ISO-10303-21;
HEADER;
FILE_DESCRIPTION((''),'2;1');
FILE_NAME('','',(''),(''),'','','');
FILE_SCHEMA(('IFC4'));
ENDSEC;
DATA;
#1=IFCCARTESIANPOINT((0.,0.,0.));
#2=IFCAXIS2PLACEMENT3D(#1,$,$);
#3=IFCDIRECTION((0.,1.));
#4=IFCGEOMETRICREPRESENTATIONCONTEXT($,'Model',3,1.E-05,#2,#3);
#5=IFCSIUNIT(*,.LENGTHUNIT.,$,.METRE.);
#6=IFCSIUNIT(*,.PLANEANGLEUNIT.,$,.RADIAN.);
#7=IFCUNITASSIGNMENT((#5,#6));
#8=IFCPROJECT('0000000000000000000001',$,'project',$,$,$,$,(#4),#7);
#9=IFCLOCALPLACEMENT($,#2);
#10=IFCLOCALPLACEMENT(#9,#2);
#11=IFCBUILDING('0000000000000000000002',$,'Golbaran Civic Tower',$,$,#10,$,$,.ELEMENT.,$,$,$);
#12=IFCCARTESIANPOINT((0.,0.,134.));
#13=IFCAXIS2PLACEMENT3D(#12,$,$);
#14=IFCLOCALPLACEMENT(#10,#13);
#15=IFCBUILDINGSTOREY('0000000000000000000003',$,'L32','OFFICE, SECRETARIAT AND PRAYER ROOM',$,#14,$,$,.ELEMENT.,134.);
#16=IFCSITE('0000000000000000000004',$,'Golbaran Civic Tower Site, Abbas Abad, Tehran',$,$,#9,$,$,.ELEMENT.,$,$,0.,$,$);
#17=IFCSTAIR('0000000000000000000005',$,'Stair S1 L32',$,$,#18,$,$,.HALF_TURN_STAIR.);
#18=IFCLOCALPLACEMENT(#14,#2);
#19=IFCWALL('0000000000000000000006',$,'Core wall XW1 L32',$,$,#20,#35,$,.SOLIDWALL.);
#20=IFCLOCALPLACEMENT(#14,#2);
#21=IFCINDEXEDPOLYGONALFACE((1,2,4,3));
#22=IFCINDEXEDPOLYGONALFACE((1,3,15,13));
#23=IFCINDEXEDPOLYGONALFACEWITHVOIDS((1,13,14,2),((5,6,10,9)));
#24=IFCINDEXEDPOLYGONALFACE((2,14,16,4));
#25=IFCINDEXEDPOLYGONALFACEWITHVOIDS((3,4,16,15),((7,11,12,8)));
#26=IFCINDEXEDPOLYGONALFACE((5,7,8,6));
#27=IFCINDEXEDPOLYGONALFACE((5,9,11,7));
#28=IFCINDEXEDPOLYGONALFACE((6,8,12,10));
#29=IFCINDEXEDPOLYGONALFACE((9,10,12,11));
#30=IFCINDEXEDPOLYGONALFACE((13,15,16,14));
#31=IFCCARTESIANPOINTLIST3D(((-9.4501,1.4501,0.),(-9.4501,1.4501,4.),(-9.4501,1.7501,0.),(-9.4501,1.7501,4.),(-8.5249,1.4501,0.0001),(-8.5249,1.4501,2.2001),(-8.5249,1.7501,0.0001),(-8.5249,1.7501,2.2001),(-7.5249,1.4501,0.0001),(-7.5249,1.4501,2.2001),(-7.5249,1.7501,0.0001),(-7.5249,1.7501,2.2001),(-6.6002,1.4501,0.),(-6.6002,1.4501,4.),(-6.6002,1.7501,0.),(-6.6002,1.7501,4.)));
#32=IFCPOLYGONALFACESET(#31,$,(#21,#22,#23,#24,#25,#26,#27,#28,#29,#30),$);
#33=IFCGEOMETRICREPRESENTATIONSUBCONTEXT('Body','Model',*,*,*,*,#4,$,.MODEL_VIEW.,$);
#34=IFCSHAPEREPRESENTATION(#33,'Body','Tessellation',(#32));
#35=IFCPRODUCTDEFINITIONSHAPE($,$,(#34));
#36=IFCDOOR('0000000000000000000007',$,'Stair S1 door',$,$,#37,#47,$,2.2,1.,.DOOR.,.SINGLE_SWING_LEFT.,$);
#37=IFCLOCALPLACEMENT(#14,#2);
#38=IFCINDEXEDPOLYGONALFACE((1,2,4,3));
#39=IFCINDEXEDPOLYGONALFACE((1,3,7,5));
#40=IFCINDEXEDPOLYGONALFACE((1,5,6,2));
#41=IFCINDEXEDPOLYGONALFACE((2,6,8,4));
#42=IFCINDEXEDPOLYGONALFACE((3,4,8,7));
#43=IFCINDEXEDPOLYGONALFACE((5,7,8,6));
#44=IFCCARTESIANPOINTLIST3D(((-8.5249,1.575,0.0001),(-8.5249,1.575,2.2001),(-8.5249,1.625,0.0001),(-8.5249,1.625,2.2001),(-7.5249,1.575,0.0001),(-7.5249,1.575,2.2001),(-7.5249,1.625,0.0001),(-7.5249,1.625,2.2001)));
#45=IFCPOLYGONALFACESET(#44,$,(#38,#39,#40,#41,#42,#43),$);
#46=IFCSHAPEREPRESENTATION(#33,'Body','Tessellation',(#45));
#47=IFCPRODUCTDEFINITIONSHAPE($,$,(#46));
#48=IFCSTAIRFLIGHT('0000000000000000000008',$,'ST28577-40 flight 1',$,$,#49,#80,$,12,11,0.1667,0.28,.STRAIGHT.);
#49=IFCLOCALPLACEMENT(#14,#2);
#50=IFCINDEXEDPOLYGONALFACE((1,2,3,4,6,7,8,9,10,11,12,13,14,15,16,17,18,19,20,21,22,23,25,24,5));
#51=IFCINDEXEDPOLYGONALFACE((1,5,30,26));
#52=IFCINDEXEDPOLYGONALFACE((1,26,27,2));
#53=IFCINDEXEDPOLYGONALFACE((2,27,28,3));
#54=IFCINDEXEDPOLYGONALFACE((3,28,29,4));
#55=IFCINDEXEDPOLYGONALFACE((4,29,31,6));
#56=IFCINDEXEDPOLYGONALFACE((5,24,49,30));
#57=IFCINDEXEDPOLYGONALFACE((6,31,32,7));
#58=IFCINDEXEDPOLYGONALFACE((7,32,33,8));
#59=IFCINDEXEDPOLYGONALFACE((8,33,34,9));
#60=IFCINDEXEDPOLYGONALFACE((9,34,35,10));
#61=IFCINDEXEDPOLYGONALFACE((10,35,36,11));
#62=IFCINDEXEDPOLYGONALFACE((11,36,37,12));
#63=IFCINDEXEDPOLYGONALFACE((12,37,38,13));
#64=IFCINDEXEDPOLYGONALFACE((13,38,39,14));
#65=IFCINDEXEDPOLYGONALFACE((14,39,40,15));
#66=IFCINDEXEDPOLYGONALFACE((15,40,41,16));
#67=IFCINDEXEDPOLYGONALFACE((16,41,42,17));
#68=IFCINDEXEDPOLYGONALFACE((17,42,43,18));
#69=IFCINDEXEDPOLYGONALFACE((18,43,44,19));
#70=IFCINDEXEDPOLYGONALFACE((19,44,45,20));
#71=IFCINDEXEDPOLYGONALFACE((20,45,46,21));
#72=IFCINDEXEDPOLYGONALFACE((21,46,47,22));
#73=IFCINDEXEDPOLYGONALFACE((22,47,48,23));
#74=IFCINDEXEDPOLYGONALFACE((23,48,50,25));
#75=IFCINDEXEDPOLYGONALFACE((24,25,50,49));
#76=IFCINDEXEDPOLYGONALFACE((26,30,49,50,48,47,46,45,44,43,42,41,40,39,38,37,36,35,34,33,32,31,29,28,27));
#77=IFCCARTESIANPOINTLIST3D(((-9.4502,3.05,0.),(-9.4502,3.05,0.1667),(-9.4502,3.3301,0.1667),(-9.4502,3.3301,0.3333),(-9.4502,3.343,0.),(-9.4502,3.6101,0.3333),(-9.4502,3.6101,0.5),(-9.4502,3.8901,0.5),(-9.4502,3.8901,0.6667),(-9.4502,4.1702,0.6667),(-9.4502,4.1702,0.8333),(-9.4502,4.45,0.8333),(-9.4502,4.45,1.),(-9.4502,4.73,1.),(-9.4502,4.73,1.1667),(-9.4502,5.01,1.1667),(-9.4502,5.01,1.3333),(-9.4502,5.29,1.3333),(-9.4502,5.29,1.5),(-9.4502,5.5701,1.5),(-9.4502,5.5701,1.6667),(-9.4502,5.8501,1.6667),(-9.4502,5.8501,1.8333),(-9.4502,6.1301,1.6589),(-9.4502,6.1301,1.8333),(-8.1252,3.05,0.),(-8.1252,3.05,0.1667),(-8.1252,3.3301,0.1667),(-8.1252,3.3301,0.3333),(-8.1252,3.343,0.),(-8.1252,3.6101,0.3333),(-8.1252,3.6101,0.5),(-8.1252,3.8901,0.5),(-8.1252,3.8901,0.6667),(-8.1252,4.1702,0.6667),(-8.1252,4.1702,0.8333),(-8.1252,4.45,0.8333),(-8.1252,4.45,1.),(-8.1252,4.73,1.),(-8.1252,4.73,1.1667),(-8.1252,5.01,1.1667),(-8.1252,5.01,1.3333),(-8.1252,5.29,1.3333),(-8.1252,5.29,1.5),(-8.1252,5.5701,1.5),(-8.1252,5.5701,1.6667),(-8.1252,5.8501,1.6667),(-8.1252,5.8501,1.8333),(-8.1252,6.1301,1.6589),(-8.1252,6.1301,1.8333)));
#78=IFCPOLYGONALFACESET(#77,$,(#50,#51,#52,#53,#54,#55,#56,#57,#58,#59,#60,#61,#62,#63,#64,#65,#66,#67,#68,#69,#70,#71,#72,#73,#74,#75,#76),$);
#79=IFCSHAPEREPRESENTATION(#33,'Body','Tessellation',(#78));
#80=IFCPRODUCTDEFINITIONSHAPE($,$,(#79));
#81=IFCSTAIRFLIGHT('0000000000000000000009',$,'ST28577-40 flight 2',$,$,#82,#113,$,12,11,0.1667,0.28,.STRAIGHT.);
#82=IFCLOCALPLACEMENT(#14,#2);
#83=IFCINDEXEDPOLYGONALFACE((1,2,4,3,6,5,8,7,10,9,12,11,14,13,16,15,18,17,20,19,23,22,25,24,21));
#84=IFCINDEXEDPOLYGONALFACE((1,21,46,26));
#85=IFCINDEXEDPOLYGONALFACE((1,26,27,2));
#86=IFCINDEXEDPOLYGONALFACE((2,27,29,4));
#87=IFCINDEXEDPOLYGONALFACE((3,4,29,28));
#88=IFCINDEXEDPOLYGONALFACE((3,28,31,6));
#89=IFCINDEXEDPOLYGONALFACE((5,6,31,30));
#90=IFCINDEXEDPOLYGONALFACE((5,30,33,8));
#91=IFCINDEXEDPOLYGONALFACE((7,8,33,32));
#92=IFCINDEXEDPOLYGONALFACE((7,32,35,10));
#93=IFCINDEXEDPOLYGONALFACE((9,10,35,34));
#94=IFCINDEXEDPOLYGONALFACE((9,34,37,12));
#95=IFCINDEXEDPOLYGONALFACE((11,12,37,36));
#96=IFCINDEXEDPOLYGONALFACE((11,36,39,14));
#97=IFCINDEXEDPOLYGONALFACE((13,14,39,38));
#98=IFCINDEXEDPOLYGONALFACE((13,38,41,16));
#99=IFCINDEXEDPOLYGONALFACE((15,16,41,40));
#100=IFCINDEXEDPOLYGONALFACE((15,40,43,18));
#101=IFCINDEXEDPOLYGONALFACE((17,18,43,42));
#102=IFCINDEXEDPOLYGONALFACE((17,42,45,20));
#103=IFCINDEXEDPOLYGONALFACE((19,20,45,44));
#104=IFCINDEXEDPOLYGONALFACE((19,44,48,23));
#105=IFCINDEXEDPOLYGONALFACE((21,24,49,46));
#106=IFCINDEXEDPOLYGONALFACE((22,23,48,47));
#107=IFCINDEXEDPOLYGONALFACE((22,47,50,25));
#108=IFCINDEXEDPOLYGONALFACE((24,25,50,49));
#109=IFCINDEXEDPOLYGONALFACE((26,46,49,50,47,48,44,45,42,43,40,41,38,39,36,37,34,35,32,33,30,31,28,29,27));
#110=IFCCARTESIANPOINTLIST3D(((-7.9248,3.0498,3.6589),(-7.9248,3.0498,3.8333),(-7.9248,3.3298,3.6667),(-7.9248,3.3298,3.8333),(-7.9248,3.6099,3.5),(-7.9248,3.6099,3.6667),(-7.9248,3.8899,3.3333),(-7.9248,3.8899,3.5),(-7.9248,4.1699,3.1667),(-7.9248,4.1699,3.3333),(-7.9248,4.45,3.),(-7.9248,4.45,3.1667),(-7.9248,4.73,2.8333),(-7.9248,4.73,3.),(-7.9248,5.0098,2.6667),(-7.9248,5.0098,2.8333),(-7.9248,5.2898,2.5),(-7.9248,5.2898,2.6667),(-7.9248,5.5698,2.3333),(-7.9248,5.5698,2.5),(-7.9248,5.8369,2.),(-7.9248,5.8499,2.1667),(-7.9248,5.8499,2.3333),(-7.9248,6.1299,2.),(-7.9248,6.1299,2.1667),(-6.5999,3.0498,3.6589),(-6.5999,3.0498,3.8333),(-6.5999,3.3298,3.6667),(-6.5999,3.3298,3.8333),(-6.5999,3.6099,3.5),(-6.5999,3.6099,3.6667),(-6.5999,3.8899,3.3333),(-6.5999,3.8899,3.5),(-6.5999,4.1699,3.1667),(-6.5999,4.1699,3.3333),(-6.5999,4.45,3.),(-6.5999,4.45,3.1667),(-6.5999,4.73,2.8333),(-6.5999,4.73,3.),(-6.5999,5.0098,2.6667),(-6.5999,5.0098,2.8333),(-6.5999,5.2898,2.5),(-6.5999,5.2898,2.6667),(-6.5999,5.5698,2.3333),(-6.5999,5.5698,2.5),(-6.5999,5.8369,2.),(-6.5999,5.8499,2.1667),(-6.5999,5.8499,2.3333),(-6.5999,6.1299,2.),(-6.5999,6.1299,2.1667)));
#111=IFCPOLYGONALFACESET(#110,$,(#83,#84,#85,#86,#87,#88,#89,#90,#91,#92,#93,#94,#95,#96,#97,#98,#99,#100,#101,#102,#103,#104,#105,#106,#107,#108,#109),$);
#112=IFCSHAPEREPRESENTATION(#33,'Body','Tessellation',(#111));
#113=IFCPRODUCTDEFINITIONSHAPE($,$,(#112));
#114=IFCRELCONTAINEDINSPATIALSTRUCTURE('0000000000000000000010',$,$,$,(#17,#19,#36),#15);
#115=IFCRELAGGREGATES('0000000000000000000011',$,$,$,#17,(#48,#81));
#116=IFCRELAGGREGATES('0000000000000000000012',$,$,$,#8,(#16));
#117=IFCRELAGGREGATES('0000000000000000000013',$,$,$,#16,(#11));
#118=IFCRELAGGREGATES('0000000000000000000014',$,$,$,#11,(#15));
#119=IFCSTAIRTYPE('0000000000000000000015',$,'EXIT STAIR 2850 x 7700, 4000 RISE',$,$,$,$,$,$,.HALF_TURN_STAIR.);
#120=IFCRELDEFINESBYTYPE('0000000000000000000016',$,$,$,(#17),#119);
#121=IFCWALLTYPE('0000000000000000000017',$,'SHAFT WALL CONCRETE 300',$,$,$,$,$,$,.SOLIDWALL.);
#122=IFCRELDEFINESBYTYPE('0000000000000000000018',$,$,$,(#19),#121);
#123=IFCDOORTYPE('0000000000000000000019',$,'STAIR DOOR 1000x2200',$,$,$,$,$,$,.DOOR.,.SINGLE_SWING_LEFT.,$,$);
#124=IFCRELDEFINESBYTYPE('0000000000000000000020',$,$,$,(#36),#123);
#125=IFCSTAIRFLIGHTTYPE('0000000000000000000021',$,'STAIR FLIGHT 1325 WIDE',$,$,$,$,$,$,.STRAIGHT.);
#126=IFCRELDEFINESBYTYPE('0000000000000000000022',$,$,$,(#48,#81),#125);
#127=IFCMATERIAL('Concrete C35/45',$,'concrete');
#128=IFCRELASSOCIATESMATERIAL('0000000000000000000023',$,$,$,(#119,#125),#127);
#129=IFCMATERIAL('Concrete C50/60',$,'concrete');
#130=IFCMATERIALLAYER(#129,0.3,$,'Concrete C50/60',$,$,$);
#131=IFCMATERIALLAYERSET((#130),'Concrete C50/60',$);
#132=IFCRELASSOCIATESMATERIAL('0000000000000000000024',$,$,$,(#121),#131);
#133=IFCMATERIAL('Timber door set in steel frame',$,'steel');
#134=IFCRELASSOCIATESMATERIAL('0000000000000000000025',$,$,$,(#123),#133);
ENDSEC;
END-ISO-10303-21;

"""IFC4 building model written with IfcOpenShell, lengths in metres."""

from ifc_helpers import new_model, si_unit, direction, frame, frame_2d, origin, place, context, subcontext, project, spatial, polyline, rectangle, outline, extrude, material, layer, layer_set, type_object, element, fill, aggregate, save


model = new_model("IFC4")

# Units and contexts
model_context = context("Model", 3, precision=1e-05, world=origin(), true_north=direction((0.0, 1.0)))
body_context = subcontext(model_context, "Body", "Model", "MODEL_VIEW")
ifc_project = project(units=[si_unit("LENGTHUNIT", "METRE"), si_unit("PLANEANGLEUNIT", "RADIAN")], contexts=[model_context])

# Site, building, storey
site_placement = place(None, origin())
site = spatial("IfcSite", under=ifc_project, at=site_placement, Name="Golbaran Civic Tower Site, Abbas Abad, Tehran", CompositionType="ELEMENT", RefElevation=0.0)
building_placement = place(site_placement, origin())
building = spatial("IfcBuilding", under=site, at=building_placement, Name="Golbaran Civic Tower", CompositionType="ELEMENT")
storey_placement = place(building_placement, frame((0.0, 0.0, 134.0)))
storey = spatial("IfcBuildingStorey", under=building, at=storey_placement, Name="L32", Description="OFFICE, SECRETARIAT AND PRAYER ROOM", CompositionType="ELEMENT", Elevation=134.0)

# Shared definitions
ifc_material_1 = material(Name="Concrete C35/45", Category="concrete")

# Stair
stair_type = type_object("IfcStairType", Name="EXIT STAIR 2850 x 7700, 4000 RISE", PredefinedType="HALF_TURN_STAIR", material=ifc_material_1)
stair_1_placement = place(storey_placement, origin())
stair_1 = element("IfcStair", 1, at=stair_1_placement, inside=storey, type_object=stair_type, Name="Stair S1 L32", PredefinedType="HALF_TURN_STAIR")

# Shared definitions
ifc_material_2 = material(Name="Concrete C50/60", Category="concrete")
ifc_material_3 = material(Name="Timber door set in steel frame", Category="steel")

# Shared definitions
ifc_layer_1 = layer(ifc_material_2, 0.3, Name="Concrete C50/60")
ifc_layer_set_1 = layer_set([ifc_layer_1], Name="Concrete C50/60")
wall_type_1 = type_object("IfcWallType", Name="SHAFT WALL CONCRETE 300", PredefinedType="SOLIDWALL", material=ifc_layer_set_1)

# Wall, opening, door
wall_1_placement = place(storey_placement, frame((-9.45, 1.6001, 0.0), z_axis=(0.0, 0.0, 1.0), x_axis=(1.0, 0.0, 0.0)))
wall_1 = element("IfcWall", 2, at=wall_1_placement, inside=storey, type_object=wall_type_1, Name="Core wall XW1 L32", PredefinedType="SOLIDWALL", context=body_context, shape_type="SweptSolid", body=[
    extrude(rectangle(XDim=2.8499, YDim=0.3, at=frame_2d((1.4248, 0.0))), origin(), (0.0, 0.0, 1.0), 4.0),
])
opening_1_placement = place(wall_1_placement, frame((0.925, 0.0, 0.0)))
opening_1 = element("IfcOpeningElement", 3, at=opening_1_placement, cuts=wall_1, PredefinedType="OPENING", context=body_context, shape_type="SweptSolid", body=[
    extrude(rectangle(XDim=1.0, YDim=2.2, at=frame_2d((0.5, 1.1001))), frame((0.0, 0.1599, 0.0), z_axis=(0.0, -1.0, 0.0), x_axis=(1.0, 0.0, 0.0)), (0.0, 0.0, 1.0), 0.3201),
])
door_type_1 = type_object("IfcDoorType", Name="STAIR DOOR 1000x2200", OperationType="SINGLE_SWING_LEFT", PredefinedType="DOOR", material=ifc_material_3)
door_1_placement = place(opening_1_placement, origin())
door_1 = element("IfcDoor", 4, at=door_1_placement, inside=storey, type_object=door_type_1, Name="Stair S1 door", OperationType="SINGLE_SWING_LEFT", OverallHeight=2.2, OverallWidth=1.0, PredefinedType="DOOR", context=body_context, shape_type="SweptSolid", body=[
    extrude(rectangle(XDim=1.0, YDim=2.2, at=frame_2d((0.5, 1.1001))), frame((0.0, 0.0249, 0.0), z_axis=(0.0, -1.0, 0.0), x_axis=(1.0, 0.0, 0.0)), (0.0, 0.0, 1.0), 0.05),
])
fill(opening_1, door_1)

# Stair flights
stair_flight_type = type_object("IfcStairFlightType", Name="STAIR FLIGHT 1325 WIDE", PredefinedType="STRAIGHT", material=ifc_material_1)
stair_flight_1_placement = place(storey_placement, frame((-8.7876, 3.05, 0.0), z_axis=(0.0, 0.0, 1.0), x_axis=(0.0, 1.0, 0.0)))
stair_flight_1 = element("IfcStairFlight", 5, at=stair_flight_1_placement, type_object=stair_flight_type, Name="ST28577-40 flight 1", NumberOfRisers=12, NumberOfTreads=11, PredefinedType="STRAIGHT", RiserHeight=0.1667, TreadLength=0.28, context=body_context, shape_type="SweptSolid", body=[
    extrude(outline(polyline([(0.0, 0.0), (0.0, 0.1667), (0.28, 0.1667), (0.28, 0.3333), (0.5601, 0.3333), (0.5601, 0.5), (0.8401, 0.5), (0.8401, 0.6667), (1.1201, 0.6667), (1.1201, 0.8333), (1.3999, 0.8333), (1.3999, 1.0), (1.6799, 1.0), (1.6799, 1.1667), (1.96, 1.1667), (1.96, 1.3333), (2.24, 1.3333), (2.24, 1.5), (2.52, 1.5), (2.52, 1.6667), (2.8, 1.6667), (2.8, 1.8333), (3.0801, 1.8333), (3.0801, 2.0), (3.0801, 1.6589), (0.293, 0.0), (0.0, 0.0)])), frame((0.0, 0.6626, 0.0), z_axis=(0.0, -1.0, 0.0), x_axis=(1.0, 0.0, 0.0)), (0.0, 0.0, 1.0), 1.325),
])
stair_flight_2_placement = place(storey_placement, frame((-7.2625, 6.1299, 2.0), z_axis=(0.0, 0.0, 1.0), x_axis=(0.0, -1.0, 0.0)))
stair_flight_2 = element("IfcStairFlight", 6, at=stair_flight_2_placement, type_object=stair_flight_type, Name="ST28577-40 flight 2", NumberOfRisers=12, NumberOfTreads=11, PredefinedType="STRAIGHT", RiserHeight=0.1667, TreadLength=0.28, context=body_context, shape_type="SweptSolid", body=[
    extrude(outline(polyline([(0.0, 0.0), (0.0, 0.1667), (0.28, 0.1667), (0.28, 0.3333), (0.5601, 0.3333), (0.5601, 0.5), (0.8401, 0.5), (0.8401, 0.6667), (1.1201, 0.6667), (1.1201, 0.8333), (1.3999, 0.8333), (1.3999, 1.0), (1.6799, 1.0), (1.6799, 1.1667), (1.96, 1.1667), (1.96, 1.3333), (2.24, 1.3333), (2.24, 1.5), (2.52, 1.5), (2.52, 1.6667), (2.8, 1.6667), (2.8, 1.8333), (3.0801, 1.8333), (3.0801, 2.0), (3.0801, 1.6589), (0.293, 0.0), (0.0, 0.0)])), frame((0.0, 0.6626, 0.0), z_axis=(0.0, -1.0, 0.0), x_axis=(1.0, 0.0, 0.0)), (0.0, 0.0, 1.0), 1.325),
])
aggregate(stair_1, [stair_flight_1, stair_flight_2])

save(model, "model.ifc")
